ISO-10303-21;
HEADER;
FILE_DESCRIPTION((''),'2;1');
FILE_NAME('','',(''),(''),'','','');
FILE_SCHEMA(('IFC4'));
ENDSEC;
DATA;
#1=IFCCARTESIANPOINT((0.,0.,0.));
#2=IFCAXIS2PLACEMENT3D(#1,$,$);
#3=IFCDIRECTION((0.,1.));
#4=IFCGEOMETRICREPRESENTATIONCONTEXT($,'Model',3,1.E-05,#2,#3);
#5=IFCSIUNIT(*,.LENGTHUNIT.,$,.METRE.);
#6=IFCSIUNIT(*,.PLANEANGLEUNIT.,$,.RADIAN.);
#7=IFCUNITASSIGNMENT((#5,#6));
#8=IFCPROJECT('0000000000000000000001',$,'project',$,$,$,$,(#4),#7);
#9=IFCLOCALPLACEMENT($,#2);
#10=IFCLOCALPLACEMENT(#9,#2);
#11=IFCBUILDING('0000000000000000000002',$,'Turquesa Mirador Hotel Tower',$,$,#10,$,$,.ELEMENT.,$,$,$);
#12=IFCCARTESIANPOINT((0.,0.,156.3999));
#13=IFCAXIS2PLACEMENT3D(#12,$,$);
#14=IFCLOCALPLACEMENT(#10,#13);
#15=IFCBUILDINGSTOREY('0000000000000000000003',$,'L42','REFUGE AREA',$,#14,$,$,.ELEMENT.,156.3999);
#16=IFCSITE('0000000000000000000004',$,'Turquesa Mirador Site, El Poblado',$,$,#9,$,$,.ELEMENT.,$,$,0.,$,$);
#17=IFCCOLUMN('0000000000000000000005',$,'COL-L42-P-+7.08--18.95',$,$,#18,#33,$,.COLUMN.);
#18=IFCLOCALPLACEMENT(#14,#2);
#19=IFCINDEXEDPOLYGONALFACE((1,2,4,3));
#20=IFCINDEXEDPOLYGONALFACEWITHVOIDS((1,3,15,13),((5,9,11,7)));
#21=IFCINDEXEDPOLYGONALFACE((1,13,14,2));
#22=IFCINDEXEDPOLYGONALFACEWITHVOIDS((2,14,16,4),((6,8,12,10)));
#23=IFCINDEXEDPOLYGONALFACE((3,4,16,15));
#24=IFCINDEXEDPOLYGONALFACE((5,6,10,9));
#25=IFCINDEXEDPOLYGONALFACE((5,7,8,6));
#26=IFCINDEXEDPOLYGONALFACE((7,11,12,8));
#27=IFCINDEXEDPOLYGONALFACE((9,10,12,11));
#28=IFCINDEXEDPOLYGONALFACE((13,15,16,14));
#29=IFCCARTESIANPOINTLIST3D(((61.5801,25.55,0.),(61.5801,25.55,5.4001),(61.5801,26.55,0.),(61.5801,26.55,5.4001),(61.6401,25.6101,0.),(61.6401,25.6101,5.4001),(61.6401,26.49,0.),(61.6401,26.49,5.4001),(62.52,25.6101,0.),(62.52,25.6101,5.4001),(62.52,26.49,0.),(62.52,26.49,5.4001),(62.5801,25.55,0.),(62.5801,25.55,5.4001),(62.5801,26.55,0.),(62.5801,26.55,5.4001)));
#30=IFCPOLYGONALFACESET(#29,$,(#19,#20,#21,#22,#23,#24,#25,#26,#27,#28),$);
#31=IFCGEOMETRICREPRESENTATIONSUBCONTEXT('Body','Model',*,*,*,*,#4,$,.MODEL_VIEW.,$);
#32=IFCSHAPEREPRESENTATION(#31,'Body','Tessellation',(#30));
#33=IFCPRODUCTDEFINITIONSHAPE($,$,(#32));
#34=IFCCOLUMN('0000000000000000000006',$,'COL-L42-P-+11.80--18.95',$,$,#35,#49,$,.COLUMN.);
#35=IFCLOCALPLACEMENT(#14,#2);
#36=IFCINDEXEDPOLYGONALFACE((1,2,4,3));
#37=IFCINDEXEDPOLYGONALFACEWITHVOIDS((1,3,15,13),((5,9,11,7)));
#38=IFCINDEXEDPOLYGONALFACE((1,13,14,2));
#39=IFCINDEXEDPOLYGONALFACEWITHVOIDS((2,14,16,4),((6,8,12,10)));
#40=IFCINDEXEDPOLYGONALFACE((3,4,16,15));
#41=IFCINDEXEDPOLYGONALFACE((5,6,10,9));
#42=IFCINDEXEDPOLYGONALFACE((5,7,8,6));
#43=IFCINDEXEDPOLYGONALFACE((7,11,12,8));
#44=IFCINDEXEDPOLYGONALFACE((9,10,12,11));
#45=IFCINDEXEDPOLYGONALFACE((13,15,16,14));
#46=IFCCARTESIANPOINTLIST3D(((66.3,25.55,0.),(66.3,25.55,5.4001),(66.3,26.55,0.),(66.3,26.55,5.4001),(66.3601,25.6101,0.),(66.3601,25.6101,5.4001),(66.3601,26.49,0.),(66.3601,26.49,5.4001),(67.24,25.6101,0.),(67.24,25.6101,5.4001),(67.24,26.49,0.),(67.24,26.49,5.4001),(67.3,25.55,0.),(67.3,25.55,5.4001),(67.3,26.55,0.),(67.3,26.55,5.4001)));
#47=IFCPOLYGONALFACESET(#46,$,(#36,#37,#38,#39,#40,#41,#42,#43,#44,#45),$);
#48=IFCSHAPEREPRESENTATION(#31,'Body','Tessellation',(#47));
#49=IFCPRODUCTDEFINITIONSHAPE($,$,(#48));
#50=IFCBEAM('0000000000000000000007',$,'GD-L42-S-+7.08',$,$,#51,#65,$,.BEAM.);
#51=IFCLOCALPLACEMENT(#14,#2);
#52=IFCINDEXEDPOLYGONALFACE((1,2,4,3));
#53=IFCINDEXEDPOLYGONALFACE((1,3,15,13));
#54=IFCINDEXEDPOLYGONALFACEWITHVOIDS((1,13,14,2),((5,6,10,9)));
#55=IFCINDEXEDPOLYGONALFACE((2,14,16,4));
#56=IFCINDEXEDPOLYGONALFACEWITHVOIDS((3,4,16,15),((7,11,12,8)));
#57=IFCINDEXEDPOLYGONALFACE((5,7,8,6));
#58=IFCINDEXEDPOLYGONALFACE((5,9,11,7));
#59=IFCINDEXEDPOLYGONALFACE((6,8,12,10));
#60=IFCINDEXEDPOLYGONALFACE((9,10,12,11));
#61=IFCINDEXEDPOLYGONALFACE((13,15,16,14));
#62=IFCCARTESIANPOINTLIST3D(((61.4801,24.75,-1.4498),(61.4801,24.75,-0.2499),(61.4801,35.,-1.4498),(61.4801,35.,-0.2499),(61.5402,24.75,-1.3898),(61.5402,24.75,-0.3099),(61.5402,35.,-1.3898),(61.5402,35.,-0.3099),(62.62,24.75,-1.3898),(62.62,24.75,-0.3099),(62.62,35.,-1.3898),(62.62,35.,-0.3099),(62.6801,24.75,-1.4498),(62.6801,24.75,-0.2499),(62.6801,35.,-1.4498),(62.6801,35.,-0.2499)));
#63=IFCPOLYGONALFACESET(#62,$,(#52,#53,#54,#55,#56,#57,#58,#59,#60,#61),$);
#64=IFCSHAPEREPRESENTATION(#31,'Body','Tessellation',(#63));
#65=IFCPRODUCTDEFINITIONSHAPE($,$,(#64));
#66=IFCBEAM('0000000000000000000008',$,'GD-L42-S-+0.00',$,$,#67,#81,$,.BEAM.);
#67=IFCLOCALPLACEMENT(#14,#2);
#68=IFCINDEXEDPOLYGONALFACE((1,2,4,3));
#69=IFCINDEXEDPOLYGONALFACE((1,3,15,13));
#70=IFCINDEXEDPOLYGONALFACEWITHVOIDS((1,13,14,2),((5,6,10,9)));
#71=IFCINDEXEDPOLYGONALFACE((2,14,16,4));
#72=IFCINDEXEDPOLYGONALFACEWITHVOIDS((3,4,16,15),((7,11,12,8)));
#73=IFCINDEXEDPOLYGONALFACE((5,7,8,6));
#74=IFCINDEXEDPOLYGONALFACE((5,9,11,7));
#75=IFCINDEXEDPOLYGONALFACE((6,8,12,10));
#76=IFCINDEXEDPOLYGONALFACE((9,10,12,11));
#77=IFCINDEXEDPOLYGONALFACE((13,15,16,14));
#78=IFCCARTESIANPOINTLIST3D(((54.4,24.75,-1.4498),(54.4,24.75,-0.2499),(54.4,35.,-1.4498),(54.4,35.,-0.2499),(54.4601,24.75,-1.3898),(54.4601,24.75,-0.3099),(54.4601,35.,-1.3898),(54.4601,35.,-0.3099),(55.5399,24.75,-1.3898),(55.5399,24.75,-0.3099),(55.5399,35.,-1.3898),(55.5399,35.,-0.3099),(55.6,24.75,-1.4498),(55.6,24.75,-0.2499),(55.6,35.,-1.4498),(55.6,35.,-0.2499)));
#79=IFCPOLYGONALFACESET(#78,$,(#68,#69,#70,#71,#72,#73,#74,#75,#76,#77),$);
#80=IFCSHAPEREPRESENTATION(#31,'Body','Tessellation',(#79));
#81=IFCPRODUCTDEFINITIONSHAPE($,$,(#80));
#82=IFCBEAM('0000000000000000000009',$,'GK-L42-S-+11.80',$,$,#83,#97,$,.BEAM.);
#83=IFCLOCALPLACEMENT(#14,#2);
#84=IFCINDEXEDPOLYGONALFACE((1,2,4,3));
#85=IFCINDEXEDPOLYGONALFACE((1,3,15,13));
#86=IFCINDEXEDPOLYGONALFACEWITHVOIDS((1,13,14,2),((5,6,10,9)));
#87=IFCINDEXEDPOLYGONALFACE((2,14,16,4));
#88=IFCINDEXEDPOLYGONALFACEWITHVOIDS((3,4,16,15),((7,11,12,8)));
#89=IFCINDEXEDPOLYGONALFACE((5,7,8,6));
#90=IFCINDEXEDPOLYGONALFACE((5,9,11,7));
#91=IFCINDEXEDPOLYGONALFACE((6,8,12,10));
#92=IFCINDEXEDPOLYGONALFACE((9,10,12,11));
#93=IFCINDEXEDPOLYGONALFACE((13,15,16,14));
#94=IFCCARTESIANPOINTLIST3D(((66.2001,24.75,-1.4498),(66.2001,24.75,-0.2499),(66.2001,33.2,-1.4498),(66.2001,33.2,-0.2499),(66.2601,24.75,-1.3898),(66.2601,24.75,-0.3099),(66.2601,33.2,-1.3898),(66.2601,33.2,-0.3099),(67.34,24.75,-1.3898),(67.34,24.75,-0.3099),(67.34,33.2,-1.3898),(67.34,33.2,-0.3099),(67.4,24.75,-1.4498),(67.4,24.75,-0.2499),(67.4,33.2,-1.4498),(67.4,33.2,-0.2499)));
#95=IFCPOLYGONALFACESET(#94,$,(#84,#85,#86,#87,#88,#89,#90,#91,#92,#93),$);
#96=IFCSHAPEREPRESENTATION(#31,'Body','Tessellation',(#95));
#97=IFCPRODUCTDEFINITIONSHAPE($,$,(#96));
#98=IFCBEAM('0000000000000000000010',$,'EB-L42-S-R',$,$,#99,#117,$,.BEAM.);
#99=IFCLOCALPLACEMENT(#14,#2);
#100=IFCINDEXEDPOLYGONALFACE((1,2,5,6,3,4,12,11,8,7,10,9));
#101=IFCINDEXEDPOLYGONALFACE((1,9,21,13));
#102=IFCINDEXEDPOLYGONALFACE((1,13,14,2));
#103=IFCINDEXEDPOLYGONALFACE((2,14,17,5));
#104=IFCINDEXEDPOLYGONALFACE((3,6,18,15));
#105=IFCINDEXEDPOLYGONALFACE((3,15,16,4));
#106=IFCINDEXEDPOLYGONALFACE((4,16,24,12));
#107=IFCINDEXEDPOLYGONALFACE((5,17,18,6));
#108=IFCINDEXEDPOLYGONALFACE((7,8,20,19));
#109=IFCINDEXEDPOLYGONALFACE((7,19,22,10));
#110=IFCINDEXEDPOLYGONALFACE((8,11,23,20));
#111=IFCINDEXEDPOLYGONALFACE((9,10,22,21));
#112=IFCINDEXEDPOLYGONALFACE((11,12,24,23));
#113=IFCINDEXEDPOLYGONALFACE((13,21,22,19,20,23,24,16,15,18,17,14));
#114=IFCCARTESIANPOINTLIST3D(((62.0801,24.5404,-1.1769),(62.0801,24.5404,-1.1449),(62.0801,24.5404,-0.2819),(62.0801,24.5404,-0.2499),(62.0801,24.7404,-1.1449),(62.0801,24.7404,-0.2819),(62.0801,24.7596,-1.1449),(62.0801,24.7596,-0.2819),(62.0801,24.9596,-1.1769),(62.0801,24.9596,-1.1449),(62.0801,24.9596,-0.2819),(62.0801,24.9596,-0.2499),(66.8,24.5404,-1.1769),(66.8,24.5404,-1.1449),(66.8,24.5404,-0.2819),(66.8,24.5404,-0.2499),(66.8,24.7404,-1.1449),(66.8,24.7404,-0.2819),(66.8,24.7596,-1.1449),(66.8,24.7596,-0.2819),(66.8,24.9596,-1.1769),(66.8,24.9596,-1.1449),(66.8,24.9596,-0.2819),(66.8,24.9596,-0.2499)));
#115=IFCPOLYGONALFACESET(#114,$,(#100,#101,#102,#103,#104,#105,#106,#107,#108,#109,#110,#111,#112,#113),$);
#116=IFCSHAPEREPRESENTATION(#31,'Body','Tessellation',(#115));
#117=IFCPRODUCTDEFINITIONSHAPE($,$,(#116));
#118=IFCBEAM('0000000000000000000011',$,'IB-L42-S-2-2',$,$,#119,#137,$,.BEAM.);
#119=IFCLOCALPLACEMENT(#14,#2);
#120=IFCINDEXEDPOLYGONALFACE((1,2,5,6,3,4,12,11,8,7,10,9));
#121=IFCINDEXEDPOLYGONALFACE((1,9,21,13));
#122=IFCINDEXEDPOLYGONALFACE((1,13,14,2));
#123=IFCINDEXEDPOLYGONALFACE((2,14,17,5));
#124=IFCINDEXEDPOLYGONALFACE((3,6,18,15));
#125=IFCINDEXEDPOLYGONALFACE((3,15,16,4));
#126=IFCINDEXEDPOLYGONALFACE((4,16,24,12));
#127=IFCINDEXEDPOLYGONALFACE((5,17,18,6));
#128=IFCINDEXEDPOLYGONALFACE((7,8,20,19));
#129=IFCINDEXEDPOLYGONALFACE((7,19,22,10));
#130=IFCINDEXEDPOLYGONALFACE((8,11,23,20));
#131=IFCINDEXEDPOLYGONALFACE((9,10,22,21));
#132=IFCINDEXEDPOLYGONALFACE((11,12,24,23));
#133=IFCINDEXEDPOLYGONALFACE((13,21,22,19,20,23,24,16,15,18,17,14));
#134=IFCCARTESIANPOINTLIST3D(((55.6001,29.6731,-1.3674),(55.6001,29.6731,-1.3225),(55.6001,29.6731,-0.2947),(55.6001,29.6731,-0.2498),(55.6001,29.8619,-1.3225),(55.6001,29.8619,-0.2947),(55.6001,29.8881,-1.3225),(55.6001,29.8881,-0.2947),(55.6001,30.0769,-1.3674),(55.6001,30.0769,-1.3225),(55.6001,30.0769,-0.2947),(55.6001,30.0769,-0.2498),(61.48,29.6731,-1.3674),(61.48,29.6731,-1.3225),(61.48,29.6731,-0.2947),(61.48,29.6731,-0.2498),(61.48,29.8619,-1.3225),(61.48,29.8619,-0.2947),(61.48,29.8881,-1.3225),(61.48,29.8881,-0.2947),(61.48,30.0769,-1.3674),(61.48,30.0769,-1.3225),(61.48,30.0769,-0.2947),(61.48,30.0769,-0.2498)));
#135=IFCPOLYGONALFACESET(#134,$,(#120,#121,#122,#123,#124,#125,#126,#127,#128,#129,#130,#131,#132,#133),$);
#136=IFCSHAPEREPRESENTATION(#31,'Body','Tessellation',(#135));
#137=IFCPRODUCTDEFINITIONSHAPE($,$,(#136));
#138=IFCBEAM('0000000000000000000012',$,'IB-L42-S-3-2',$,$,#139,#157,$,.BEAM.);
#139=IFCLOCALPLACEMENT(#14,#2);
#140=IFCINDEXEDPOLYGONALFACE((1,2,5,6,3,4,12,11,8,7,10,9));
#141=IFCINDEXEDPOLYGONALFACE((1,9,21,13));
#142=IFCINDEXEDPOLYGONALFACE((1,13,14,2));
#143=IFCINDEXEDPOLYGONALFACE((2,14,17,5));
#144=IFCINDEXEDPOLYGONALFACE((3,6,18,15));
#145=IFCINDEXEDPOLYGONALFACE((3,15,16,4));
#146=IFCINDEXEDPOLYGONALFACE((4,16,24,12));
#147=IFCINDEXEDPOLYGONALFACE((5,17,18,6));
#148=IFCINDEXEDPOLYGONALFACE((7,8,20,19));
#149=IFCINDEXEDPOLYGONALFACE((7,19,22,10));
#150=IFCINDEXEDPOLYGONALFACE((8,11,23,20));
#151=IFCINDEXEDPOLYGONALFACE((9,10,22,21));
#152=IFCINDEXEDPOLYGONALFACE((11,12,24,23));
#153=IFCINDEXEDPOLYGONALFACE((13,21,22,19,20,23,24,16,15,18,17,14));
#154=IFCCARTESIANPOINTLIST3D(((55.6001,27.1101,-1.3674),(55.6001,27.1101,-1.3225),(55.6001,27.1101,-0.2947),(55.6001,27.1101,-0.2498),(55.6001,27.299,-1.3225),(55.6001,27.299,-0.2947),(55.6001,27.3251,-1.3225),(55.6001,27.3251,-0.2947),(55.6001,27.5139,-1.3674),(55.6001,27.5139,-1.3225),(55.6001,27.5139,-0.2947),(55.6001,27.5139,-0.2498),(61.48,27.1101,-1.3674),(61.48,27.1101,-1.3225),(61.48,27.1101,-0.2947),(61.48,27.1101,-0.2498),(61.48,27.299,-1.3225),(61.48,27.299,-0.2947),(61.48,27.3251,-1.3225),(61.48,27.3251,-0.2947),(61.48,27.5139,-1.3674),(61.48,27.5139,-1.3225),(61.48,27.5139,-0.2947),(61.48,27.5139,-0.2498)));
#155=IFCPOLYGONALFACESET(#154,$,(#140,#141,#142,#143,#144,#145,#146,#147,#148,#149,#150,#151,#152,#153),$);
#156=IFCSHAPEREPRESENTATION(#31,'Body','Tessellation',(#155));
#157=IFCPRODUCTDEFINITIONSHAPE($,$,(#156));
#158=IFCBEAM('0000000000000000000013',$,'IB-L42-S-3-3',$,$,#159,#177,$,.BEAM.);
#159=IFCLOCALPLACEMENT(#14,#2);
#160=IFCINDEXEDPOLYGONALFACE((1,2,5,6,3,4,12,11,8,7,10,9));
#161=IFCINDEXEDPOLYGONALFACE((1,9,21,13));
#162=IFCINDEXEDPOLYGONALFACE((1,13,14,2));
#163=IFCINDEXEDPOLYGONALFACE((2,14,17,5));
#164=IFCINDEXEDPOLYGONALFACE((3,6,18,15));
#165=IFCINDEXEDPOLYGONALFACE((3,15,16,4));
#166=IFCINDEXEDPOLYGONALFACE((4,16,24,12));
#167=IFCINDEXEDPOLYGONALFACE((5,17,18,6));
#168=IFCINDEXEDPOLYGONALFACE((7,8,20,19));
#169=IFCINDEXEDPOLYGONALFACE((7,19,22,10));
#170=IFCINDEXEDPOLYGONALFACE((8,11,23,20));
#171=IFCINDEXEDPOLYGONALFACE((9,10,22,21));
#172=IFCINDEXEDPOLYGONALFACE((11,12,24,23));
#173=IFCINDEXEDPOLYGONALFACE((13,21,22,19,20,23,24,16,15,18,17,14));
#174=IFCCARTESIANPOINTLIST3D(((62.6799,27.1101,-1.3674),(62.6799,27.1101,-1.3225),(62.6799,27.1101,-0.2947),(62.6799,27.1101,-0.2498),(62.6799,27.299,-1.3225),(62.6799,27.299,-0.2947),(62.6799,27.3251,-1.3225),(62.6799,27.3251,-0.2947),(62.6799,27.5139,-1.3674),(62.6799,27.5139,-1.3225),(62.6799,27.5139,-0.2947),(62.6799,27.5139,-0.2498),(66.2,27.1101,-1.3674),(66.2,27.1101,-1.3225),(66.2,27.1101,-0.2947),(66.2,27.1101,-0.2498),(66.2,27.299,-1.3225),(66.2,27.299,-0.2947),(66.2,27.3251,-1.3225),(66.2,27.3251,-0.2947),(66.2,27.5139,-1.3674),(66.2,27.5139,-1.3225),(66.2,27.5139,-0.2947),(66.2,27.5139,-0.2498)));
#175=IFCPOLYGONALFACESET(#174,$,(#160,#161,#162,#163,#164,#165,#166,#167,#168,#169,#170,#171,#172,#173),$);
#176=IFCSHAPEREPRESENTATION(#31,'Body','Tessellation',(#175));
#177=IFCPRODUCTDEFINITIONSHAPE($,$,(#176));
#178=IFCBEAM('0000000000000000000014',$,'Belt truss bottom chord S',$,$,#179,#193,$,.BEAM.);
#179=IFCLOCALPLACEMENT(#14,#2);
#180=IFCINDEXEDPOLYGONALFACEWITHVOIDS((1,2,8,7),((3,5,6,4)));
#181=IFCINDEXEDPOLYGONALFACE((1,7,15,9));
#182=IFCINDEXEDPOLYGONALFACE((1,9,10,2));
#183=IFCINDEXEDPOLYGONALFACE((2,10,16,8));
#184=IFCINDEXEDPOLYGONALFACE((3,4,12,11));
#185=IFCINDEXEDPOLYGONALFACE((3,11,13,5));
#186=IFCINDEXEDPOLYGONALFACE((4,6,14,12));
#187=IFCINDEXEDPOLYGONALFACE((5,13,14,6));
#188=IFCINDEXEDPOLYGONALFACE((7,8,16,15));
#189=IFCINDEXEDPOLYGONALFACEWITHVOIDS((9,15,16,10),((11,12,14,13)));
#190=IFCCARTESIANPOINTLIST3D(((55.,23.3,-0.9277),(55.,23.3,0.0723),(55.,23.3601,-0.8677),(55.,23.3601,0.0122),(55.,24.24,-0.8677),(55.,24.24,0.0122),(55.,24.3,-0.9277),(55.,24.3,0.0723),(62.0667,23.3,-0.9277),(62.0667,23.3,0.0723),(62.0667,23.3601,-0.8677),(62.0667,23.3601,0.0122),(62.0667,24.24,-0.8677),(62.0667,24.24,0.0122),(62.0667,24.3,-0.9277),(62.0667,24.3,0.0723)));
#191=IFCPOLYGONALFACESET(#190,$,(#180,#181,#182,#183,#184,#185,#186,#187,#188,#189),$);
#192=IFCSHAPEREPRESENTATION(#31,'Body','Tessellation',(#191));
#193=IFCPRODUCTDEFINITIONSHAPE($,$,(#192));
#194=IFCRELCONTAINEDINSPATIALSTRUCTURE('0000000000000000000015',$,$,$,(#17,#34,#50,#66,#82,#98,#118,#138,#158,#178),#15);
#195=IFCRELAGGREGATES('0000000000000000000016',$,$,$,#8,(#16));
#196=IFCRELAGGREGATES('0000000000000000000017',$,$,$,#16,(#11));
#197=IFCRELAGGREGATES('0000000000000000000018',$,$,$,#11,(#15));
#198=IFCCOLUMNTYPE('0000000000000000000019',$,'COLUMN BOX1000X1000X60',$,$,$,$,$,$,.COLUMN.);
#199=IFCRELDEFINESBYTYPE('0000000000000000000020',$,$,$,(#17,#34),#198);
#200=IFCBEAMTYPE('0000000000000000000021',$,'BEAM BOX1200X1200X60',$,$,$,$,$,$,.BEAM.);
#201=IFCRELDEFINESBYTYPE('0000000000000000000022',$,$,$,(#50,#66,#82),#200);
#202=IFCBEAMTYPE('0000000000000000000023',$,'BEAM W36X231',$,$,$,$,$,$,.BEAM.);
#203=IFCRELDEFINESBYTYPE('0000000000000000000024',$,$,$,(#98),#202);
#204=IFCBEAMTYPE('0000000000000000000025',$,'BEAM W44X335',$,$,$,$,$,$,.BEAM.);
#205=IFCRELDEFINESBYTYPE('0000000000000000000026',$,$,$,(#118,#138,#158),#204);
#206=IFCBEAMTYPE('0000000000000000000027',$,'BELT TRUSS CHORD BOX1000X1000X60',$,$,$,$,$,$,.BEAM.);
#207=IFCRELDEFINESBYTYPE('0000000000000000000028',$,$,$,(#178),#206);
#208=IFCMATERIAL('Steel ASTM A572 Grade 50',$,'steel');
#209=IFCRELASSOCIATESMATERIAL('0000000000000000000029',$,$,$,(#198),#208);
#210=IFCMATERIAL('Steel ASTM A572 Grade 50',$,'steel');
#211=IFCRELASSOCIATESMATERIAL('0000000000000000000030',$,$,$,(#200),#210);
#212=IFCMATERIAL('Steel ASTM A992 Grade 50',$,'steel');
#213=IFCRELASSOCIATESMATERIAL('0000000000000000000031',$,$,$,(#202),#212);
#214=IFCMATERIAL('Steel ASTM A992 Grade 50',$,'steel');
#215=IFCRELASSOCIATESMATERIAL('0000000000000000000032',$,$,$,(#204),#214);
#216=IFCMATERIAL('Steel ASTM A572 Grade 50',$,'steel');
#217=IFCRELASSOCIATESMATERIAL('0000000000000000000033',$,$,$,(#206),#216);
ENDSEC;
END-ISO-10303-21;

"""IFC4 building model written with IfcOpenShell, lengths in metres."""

from ifc_helpers import new_model, si_unit, direction, frame, origin, origin_2d, place, context, subcontext, project, spatial, hollow_rectangle, i_section, extrude, material, material_profile, profile_set, type_object, element, save


model = new_model("IFC4")

# Units and contexts
model_context = context("Model", 3, precision=1e-05, world=origin(), true_north=direction((0.0, 1.0)))
body_context = subcontext(model_context, "Body", "Model", "MODEL_VIEW")
ifc_project = project(units=[si_unit("LENGTHUNIT", "METRE"), si_unit("PLANEANGLEUNIT", "RADIAN")], contexts=[model_context])

# Site, building, storey
site_placement = place(None, origin())
site = spatial("IfcSite", under=ifc_project, at=site_placement, Name="Turquesa Mirador Site, El Poblado", CompositionType="ELEMENT", RefElevation=0.0)
building_placement = place(site_placement, origin())
building = spatial("IfcBuilding", under=site, at=building_placement, Name="Turquesa Mirador Hotel Tower", CompositionType="ELEMENT")
storey_placement = place(building_placement, frame((0.0, 0.0, 156.3999)))
storey = spatial("IfcBuildingStorey", under=building, at=storey_placement, Name="L42", Description="REFUGE AREA", CompositionType="ELEMENT", Elevation=156.3999)

# Columns
ifc_material_1 = material(Name="Steel ASTM A572 Grade 50", Category="steel")
ifc_material_profile_1 = material_profile(ifc_material_1, hollow_rectangle(XDim=1.0, YDim=1.0, WallThickness=0.0601, at=origin_2d()), Name="BOX1000X1000X60")
ifc_profile_set_1 = profile_set([ifc_material_profile_1], Name="Steel ASTM A572 Grade 50")
column_type = type_object("IfcColumnType", Name="COLUMN BOX1000X1000X60", PredefinedType="COLUMN", material=ifc_profile_set_1)
for number, where, z_axis, x_axis, name in (
    (1, (62.0801, 26.05, 0.0), (0.0, 0.0, 1.0), (1.0, 0.0, 0.0), "COL-L42-P-+7.08--18.95"),
    (2, (66.8, 26.05, 0.0), (0.0, 0.0, 1.0), (1.0, 0.0, 0.0), "COL-L42-P-+11.80--18.95"),
):
    element("IfcColumn", number, at=place(storey_placement, frame(where, z_axis=z_axis, x_axis=x_axis)), inside=storey, type_object=column_type, Name=name, PredefinedType="COLUMN", context=body_context, shape_type="SweptSolid", body=[
        extrude(hollow_rectangle(XDim=1.0, YDim=1.0, WallThickness=0.0601, at=origin_2d()), origin(), (0.0, 0.0, 1.0), 5.4001),
    ])

# Beams
ifc_material_2 = material(Name="Steel ASTM A572 Grade 50", Category="steel")
ifc_material_profile_2 = material_profile(ifc_material_2, hollow_rectangle(XDim=1.2, YDim=1.2, WallThickness=0.0601, at=origin_2d()), Name="BOX1200X1200X60")
ifc_profile_set_2 = profile_set([ifc_material_profile_2], Name="Steel ASTM A572 Grade 50")
beam_type_1 = type_object("IfcBeamType", Name="BEAM BOX1200X1200X60", PredefinedType="BEAM", material=ifc_profile_set_2)
for number, where, z_axis, x_axis, name in (
    (3, (62.0801, 24.75, -0.8499), (0.0, 1.0, 0.0), (-1.0, 0.0, 0.0), "GD-L42-S-+7.08"),
    (4, (55.0, 24.75, -0.8499), (0.0, 1.0, 0.0), (-1.0, 0.0, 0.0), "GD-L42-S-+0.00"),
):
    element("IfcBeam", number, at=place(storey_placement, frame(where, z_axis=z_axis, x_axis=x_axis)), inside=storey, type_object=beam_type_1, Name=name, PredefinedType="BEAM", context=body_context, shape_type="SweptSolid", body=[
        extrude(hollow_rectangle(XDim=1.2, YDim=1.2, WallThickness=0.0601, at=origin_2d()), origin(), (0.0, 0.0, 1.0), 10.25),
    ])
beam_1_placement = place(storey_placement, frame((66.8, 24.75, -0.8499), z_axis=(0.0, 1.0, 0.0), x_axis=(-1.0, 0.0, 0.0)))
element("IfcBeam", 5, at=beam_1_placement, inside=storey, type_object=beam_type_1, Name="GK-L42-S-+11.80", PredefinedType="BEAM", context=body_context, shape_type="SweptSolid", body=[
    extrude(hollow_rectangle(XDim=1.2, YDim=1.2, WallThickness=0.0601, at=origin_2d()), origin(), (0.0, 0.0, 1.0), 8.45),
])
ifc_material_3 = material(Name="Steel ASTM A992 Grade 50", Category="steel")
ifc_material_profile_3 = material_profile(ifc_material_3, i_section(OverallWidth=0.4192, OverallDepth=0.927, WebThickness=0.0193, FlangeThickness=0.032, at=origin_2d()), Name="W36X231")
ifc_profile_set_3 = profile_set([ifc_material_profile_3], Name="Steel ASTM A992 Grade 50")
beam_type_2 = type_object("IfcBeamType", Name="BEAM W36X231", PredefinedType="BEAM", material=ifc_profile_set_3)
beam_2_placement = place(storey_placement, frame((62.0801, 24.75, -0.7134), z_axis=(1.0, 0.0, 0.0), x_axis=(0.0, 1.0, 0.0)))
element("IfcBeam", 6, at=beam_2_placement, inside=storey, type_object=beam_type_2, Name="EB-L42-S-R", PredefinedType="BEAM", context=body_context, shape_type="SweptSolid", body=[
    extrude(i_section(OverallWidth=0.4192, OverallDepth=0.927, WebThickness=0.0193, FlangeThickness=0.032, at=origin_2d()), origin(), (0.0, 0.0, 1.0), 4.72),
])
ifc_material_4 = material(Name="Steel ASTM A992 Grade 50", Category="steel")
ifc_material_profile_4 = material_profile(ifc_material_4, i_section(OverallWidth=0.4038, OverallDepth=1.1177, WebThickness=0.0261, FlangeThickness=0.0449, at=origin_2d()), Name="W44X335")
ifc_profile_set_4 = profile_set([ifc_material_profile_4], Name="Steel ASTM A992 Grade 50")
beam_type_3 = type_object("IfcBeamType", Name="BEAM W44X335", PredefinedType="BEAM", material=ifc_profile_set_4)
for number, where, z_axis, x_axis, name in (
    (7, (55.6001, 29.875, -0.8086), (1.0, 0.0, 0.0), (0.0, 1.0, 0.0), "IB-L42-S-2-2"),
    (8, (55.6001, 27.312, -0.8086), (1.0, 0.0, 0.0), (0.0, 1.0, 0.0), "IB-L42-S-3-2"),
):
    element("IfcBeam", number, at=place(storey_placement, frame(where, z_axis=z_axis, x_axis=x_axis)), inside=storey, type_object=beam_type_3, Name=name, PredefinedType="BEAM", context=body_context, shape_type="SweptSolid", body=[
        extrude(i_section(OverallWidth=0.4038, OverallDepth=1.1177, WebThickness=0.0261, FlangeThickness=0.0449, at=origin_2d()), origin(), (0.0, 0.0, 1.0), 5.8799),
    ])
beam_3_placement = place(storey_placement, frame((62.6799, 27.312, -0.8086), z_axis=(1.0, 0.0, 0.0), x_axis=(0.0, 1.0, 0.0)))
element("IfcBeam", 9, at=beam_3_placement, inside=storey, type_object=beam_type_3, Name="IB-L42-S-3-3", PredefinedType="BEAM", context=body_context, shape_type="SweptSolid", body=[
    extrude(i_section(OverallWidth=0.4038, OverallDepth=1.1177, WebThickness=0.0261, FlangeThickness=0.0449, at=origin_2d()), origin(), (0.0, 0.0, 1.0), 3.52),
])
ifc_material_5 = material(Name="Steel ASTM A572 Grade 50", Category="steel")
ifc_material_profile_5 = material_profile(ifc_material_5, hollow_rectangle(XDim=1.0, YDim=1.0, WallThickness=0.0601, at=origin_2d()), Name="BOX1000X1000X60")
ifc_profile_set_5 = profile_set([ifc_material_profile_5], Name="Steel ASTM A572 Grade 50")
beam_type_4 = type_object("IfcBeamType", Name="BELT TRUSS CHORD BOX1000X1000X60", PredefinedType="BEAM", material=ifc_profile_set_5)
beam_4_placement = place(storey_placement, frame((55.0, 23.8, -0.4277), z_axis=(1.0, 0.0, 0.0), x_axis=(0.0, 1.0, 0.0)))
element("IfcBeam", 10, at=beam_4_placement, inside=storey, type_object=beam_type_4, Name="Belt truss bottom chord S", PredefinedType="BEAM", context=body_context, shape_type="SweptSolid", body=[
    extrude(hollow_rectangle(XDim=1.0, YDim=1.0, WallThickness=0.0601, at=origin_2d()), origin(), (0.0, 0.0, 1.0), 7.0667),
])

save(model, "model.ifc")
